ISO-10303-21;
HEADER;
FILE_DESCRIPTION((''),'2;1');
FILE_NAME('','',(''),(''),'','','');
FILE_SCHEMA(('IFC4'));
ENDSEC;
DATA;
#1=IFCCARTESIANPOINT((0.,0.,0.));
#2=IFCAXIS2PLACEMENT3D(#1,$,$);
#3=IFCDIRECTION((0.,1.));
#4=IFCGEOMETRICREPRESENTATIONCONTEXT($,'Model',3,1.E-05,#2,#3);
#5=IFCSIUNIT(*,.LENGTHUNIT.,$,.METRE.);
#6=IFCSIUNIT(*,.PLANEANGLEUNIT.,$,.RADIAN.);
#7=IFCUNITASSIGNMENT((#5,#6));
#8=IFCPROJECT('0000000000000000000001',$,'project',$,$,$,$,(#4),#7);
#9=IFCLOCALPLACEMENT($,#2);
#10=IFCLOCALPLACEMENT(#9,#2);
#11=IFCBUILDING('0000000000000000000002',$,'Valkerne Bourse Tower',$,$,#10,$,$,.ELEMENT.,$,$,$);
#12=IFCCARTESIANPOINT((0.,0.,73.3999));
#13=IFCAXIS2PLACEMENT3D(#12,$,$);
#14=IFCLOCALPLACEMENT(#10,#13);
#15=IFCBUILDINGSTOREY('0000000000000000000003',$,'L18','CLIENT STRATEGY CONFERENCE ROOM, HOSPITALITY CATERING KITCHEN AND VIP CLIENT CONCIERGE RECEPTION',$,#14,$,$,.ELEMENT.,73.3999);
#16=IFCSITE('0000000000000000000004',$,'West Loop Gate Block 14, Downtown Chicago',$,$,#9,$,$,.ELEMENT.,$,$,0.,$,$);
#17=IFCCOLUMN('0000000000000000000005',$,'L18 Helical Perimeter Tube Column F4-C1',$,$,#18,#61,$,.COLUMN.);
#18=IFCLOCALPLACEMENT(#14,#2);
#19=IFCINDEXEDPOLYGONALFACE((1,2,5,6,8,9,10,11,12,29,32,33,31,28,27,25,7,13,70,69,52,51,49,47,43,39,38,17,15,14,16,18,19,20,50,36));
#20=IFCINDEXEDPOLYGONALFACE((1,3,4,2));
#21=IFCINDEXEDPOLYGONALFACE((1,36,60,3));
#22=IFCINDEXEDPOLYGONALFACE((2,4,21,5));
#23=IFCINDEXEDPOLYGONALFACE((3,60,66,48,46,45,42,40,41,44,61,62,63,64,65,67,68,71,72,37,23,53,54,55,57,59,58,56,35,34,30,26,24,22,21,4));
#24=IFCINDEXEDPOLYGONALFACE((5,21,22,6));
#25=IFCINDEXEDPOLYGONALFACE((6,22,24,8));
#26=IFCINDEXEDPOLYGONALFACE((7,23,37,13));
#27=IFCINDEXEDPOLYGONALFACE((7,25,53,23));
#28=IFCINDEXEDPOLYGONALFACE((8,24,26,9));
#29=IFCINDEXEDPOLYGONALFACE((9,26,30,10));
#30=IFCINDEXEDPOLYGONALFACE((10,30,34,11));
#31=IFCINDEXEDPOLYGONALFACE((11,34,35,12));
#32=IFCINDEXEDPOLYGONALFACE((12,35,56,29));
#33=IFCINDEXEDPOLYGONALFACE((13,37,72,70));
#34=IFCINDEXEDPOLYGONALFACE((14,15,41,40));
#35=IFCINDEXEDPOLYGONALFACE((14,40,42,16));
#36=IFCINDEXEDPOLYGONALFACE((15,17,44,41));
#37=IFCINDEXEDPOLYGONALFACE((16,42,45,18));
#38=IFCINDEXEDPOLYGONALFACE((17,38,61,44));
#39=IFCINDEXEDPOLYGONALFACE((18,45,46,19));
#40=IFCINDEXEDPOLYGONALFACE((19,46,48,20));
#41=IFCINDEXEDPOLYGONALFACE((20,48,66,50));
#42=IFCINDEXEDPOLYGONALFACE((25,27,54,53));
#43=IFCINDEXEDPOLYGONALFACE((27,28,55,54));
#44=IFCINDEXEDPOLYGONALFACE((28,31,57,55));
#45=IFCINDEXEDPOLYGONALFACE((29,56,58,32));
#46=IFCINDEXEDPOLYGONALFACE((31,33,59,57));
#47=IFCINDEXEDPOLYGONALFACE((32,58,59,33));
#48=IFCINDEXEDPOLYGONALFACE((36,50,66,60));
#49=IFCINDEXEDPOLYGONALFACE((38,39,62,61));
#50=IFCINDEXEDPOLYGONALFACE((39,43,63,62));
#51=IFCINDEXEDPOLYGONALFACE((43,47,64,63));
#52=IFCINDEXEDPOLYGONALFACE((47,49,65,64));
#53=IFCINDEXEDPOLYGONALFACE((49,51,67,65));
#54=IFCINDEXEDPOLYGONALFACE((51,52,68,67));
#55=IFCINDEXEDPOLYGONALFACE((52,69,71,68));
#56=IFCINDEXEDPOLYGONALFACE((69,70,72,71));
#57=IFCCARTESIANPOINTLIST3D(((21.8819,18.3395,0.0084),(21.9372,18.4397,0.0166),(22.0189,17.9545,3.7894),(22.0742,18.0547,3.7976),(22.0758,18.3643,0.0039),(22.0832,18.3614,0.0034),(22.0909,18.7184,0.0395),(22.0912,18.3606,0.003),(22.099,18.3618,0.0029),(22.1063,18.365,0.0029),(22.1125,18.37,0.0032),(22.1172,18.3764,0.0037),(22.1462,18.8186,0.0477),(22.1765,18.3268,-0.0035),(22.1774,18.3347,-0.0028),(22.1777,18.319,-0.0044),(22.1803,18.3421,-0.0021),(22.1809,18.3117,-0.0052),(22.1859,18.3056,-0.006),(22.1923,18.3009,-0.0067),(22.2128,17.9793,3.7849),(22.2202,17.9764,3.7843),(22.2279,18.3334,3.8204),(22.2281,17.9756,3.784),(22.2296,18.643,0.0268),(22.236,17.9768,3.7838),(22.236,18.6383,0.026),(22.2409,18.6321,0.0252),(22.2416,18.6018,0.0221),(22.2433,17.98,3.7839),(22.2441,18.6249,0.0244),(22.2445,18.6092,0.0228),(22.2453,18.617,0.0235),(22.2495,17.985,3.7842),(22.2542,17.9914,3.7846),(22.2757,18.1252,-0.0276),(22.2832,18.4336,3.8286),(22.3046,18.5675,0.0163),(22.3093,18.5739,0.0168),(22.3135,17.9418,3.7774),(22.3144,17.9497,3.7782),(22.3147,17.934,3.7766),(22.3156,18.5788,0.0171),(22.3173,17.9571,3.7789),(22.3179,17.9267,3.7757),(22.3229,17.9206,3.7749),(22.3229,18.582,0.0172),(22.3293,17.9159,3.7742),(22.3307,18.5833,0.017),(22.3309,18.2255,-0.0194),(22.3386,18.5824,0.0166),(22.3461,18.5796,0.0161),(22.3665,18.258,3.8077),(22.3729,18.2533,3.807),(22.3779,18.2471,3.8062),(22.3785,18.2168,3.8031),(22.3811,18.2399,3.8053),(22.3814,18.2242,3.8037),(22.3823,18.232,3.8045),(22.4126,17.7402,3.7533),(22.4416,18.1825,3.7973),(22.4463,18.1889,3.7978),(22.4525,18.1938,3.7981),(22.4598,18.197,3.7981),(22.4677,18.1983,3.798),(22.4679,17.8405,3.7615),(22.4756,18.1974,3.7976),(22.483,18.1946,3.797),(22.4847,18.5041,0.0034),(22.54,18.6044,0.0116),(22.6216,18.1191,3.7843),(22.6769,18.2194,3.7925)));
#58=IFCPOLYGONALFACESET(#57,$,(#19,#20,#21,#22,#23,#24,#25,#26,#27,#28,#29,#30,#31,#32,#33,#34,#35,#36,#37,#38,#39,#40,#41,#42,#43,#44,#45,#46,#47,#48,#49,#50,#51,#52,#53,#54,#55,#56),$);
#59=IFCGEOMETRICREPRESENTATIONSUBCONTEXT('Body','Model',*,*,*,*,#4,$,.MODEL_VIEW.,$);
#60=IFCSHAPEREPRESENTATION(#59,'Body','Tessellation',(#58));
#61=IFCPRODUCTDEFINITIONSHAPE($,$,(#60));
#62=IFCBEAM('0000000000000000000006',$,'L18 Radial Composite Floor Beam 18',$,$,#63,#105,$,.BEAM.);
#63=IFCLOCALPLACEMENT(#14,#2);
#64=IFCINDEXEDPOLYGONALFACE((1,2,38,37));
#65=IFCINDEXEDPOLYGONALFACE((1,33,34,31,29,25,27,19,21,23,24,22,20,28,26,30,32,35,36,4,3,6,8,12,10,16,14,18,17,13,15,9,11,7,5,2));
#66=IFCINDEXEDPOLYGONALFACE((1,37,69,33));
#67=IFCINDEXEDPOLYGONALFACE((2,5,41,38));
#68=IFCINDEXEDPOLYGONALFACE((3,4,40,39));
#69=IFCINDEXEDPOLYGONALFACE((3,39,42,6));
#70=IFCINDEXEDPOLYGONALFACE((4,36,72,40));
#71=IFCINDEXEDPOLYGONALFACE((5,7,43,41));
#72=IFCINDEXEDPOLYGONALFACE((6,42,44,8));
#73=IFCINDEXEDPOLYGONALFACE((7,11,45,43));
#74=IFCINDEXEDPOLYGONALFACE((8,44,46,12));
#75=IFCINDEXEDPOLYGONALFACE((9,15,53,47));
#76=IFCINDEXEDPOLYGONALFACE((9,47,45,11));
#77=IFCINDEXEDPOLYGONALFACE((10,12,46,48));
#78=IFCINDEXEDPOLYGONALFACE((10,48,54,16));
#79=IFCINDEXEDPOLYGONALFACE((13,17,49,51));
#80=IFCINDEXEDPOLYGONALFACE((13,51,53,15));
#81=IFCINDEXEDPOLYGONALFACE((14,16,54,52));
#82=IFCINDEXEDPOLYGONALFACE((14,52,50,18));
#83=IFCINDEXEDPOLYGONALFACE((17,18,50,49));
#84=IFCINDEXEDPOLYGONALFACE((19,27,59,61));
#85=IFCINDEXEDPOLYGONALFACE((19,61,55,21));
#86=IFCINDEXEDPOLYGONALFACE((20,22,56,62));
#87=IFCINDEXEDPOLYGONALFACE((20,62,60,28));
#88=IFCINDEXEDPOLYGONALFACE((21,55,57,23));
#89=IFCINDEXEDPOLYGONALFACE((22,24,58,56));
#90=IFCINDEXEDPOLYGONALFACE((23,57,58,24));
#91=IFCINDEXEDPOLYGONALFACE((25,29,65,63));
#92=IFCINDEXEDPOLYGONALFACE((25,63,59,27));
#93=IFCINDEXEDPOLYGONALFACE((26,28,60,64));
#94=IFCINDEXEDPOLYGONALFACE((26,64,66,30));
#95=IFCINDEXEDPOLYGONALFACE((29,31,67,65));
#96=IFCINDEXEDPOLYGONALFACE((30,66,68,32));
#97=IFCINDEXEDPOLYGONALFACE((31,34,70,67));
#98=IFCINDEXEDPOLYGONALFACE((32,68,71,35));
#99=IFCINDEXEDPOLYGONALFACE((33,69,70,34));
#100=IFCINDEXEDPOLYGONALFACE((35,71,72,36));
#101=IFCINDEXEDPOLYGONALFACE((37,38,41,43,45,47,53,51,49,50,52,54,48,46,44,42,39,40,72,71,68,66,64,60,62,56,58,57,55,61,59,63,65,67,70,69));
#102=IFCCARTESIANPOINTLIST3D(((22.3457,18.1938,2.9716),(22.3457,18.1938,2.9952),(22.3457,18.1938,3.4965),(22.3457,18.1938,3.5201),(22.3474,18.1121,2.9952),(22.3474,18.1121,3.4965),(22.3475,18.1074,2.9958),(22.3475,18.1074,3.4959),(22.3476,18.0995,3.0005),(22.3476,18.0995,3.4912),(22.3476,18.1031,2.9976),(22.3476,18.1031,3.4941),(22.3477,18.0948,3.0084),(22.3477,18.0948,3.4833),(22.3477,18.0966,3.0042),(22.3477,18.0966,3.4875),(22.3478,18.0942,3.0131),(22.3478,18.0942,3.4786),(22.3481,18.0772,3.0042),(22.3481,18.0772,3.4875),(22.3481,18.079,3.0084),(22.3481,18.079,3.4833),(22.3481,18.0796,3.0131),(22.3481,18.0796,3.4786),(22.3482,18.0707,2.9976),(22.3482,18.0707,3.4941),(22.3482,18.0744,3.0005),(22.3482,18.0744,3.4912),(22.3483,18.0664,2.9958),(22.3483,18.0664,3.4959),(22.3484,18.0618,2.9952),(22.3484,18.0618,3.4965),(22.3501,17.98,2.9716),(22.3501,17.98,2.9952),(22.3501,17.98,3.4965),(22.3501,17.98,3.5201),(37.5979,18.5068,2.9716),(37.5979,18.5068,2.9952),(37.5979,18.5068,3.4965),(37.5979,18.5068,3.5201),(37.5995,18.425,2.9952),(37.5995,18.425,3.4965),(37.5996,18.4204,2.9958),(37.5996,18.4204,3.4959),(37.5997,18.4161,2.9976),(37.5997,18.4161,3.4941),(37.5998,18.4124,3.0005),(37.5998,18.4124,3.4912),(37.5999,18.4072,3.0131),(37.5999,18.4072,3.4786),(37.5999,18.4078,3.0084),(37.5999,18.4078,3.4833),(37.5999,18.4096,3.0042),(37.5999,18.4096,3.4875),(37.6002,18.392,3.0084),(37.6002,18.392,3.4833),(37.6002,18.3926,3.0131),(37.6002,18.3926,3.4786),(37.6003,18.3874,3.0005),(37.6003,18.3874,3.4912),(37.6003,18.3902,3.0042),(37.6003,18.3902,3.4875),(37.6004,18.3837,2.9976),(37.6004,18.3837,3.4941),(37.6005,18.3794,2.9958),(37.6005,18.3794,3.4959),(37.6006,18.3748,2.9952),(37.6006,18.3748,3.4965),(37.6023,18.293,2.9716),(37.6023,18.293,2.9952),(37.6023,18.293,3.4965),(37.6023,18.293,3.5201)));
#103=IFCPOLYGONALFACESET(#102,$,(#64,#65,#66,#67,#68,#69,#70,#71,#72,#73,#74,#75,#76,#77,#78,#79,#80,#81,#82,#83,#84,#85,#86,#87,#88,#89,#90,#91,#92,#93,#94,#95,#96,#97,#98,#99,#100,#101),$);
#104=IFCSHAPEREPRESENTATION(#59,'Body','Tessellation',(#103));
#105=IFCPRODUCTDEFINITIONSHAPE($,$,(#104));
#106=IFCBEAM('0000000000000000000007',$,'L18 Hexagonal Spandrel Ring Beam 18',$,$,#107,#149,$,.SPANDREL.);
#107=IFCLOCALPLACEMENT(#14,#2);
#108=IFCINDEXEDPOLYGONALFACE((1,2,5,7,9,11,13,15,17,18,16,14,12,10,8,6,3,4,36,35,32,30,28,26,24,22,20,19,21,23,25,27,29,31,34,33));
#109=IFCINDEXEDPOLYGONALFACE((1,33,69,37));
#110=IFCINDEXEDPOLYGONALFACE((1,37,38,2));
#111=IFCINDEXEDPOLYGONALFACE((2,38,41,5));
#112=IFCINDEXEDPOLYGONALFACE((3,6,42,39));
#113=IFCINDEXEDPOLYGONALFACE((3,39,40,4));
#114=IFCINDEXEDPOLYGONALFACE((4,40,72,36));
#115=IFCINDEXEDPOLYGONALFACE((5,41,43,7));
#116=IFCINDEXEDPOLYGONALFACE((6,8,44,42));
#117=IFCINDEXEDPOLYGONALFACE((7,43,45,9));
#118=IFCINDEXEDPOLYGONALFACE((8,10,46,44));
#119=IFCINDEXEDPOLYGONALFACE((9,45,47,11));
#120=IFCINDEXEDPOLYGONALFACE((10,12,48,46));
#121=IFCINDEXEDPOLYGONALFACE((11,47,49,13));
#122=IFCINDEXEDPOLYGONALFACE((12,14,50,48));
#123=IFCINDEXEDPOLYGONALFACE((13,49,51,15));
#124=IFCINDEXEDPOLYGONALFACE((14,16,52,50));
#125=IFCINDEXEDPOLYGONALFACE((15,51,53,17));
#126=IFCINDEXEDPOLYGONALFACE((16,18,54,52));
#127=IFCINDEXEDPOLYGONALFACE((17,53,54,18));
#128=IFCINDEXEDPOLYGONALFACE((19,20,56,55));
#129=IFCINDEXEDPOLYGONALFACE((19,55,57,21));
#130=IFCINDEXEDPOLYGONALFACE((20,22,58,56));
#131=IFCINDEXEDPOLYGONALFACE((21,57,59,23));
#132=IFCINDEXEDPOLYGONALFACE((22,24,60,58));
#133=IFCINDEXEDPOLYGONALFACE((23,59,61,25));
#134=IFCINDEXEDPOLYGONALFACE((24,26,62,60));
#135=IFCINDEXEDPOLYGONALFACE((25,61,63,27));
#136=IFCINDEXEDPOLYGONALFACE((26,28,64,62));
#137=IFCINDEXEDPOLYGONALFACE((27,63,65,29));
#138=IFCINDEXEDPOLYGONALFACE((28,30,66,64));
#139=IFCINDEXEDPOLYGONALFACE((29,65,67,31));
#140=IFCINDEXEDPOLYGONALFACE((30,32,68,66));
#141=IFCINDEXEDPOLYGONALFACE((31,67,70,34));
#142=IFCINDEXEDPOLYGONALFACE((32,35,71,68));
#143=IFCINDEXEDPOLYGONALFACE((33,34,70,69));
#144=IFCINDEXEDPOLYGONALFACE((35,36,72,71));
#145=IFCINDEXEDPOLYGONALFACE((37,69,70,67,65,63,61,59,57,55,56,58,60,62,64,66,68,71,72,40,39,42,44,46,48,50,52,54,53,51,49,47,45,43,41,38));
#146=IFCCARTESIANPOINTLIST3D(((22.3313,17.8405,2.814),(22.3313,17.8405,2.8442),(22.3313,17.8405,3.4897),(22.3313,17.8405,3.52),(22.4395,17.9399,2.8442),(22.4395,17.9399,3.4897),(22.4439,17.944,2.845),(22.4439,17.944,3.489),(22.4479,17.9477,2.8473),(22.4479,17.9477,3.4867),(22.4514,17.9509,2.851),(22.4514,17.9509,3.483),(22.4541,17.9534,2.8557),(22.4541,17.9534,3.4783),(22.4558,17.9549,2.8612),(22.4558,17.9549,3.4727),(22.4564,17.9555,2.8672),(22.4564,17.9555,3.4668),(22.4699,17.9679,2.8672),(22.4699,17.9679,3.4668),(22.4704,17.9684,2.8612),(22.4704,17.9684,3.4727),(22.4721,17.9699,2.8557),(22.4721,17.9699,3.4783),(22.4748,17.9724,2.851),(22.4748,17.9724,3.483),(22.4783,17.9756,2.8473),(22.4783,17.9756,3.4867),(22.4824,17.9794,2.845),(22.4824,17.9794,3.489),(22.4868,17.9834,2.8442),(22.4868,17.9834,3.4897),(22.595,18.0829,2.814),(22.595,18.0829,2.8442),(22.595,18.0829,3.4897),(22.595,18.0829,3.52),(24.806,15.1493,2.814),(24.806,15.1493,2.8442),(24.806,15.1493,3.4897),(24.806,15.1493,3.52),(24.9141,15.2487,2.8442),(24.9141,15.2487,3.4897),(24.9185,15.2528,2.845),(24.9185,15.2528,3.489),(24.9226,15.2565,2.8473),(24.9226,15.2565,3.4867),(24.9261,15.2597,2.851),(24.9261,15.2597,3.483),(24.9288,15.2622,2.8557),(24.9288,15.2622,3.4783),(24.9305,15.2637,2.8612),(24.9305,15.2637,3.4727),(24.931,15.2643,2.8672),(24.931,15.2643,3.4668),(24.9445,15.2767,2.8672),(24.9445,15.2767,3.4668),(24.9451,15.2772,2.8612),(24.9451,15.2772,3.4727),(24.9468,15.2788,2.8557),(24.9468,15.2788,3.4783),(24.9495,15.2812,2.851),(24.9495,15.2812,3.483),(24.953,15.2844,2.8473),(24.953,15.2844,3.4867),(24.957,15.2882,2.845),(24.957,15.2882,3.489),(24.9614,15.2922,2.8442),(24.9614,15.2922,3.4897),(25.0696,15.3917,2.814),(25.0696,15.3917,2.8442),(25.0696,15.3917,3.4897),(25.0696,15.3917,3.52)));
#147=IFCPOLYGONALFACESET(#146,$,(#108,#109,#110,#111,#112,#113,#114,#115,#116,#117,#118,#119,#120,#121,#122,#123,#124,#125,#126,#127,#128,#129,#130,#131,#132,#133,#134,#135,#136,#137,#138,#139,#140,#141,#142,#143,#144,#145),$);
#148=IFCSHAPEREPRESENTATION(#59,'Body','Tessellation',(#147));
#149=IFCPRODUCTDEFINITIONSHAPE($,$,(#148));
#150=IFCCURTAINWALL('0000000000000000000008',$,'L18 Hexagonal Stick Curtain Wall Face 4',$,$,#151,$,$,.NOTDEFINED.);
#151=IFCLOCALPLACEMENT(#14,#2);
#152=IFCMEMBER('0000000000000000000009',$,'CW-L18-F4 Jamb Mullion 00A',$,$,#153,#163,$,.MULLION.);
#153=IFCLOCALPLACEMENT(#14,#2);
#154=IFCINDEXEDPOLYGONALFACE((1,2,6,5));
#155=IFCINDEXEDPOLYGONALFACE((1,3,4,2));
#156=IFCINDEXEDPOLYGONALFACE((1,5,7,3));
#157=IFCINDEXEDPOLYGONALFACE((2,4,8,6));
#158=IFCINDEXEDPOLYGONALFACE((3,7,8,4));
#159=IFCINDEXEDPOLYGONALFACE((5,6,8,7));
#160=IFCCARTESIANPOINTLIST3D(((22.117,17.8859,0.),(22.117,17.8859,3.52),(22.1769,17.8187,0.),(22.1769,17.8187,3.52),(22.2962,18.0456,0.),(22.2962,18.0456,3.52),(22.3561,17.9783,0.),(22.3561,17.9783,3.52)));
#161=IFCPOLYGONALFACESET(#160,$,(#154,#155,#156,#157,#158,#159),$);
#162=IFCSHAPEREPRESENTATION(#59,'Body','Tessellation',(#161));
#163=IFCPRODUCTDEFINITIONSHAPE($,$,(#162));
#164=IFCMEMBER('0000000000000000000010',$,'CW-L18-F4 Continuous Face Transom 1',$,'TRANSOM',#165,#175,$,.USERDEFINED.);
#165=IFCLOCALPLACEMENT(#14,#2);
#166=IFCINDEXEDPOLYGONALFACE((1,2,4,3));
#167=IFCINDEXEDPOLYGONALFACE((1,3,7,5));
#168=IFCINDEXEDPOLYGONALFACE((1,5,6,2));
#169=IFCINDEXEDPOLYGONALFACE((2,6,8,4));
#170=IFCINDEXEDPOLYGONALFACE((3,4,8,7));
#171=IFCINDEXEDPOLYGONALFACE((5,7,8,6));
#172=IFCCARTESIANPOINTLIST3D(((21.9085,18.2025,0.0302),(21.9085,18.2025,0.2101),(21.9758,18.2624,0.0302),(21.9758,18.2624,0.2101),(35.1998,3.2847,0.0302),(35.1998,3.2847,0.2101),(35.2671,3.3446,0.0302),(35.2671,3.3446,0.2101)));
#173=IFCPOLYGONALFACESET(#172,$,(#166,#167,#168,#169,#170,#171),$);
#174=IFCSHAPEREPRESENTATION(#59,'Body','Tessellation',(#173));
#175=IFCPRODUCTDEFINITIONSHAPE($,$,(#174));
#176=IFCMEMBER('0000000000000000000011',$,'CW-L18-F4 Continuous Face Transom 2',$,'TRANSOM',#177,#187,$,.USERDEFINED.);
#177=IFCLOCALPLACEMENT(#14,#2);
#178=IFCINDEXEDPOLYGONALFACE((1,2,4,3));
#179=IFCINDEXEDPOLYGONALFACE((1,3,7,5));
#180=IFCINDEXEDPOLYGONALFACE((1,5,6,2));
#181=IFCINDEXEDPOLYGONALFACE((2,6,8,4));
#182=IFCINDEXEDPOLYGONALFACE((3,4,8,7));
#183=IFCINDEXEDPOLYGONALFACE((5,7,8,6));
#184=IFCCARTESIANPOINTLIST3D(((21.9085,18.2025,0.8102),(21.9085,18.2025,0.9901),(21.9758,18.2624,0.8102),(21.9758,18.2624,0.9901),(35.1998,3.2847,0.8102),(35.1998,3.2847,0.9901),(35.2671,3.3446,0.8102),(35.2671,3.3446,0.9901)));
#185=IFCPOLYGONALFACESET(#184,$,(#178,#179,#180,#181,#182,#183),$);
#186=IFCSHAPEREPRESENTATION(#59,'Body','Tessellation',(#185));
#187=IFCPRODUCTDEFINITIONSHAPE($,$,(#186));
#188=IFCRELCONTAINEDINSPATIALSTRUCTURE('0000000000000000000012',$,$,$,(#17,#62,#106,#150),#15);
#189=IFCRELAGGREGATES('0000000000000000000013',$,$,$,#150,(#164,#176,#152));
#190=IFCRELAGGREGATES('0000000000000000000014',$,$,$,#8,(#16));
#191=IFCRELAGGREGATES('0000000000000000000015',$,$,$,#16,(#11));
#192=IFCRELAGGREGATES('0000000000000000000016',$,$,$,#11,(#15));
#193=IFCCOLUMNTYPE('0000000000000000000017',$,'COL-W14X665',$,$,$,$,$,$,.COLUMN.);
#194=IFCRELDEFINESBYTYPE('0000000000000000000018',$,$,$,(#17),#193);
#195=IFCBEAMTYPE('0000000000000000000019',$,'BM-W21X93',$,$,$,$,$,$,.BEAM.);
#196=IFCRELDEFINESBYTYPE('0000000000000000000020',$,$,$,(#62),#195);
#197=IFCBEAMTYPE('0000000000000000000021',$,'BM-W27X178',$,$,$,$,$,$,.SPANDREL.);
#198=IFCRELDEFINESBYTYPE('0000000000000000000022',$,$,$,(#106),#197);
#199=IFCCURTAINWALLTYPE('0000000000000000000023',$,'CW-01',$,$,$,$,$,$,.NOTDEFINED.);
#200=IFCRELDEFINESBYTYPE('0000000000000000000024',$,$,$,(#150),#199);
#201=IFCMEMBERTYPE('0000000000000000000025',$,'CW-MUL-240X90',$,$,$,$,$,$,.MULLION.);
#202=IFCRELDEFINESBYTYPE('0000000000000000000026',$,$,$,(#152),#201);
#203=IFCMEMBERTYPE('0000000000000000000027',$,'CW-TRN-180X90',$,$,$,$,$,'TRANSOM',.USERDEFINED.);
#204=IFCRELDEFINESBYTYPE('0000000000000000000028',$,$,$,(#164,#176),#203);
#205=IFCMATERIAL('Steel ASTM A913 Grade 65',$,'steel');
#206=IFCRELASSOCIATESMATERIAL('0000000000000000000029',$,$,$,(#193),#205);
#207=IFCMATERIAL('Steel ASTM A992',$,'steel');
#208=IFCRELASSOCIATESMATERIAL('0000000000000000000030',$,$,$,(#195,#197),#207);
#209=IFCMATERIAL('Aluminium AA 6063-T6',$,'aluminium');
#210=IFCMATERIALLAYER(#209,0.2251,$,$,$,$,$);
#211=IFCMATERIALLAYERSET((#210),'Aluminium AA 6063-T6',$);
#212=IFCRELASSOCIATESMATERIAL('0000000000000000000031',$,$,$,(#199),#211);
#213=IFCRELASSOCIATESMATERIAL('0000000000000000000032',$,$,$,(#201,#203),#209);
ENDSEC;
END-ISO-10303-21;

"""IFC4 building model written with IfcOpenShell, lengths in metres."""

from ifc_helpers import new_model, si_unit, direction, frame, origin, origin_2d, place, context, subcontext, project, spatial, rectangle, i_section, extrude, material, layer, layer_set, material_profile, profile_set, type_object, element, aggregate, save


model = new_model("IFC4")

# Units and contexts
model_context = context("Model", 3, precision=1e-05, world=origin(), true_north=direction((0.0, 1.0)))
body_context = subcontext(model_context, "Body", "Model", "MODEL_VIEW")
ifc_project = project(units=[si_unit("LENGTHUNIT", "METRE"), si_unit("PLANEANGLEUNIT", "RADIAN")], contexts=[model_context])

# Site, building, storey
site_placement = place(None, origin())
site = spatial("IfcSite", under=ifc_project, at=site_placement, Name="West Loop Gate Block 14, Downtown Chicago", CompositionType="ELEMENT", RefElevation=0.0)
building_placement = place(site_placement, origin())
building = spatial("IfcBuilding", under=site, at=building_placement, Name="Valkerne Bourse Tower", CompositionType="ELEMENT")
storey_placement = place(building_placement, frame((0.0, 0.0, 73.3999)))
storey = spatial("IfcBuildingStorey", under=building, at=storey_placement, Name="L18", Description="CLIENT STRATEGY CONFERENCE ROOM, HOSPITALITY CATERING KITCHEN AND VIP CLIENT CONCIERGE RECEPTION", CompositionType="ELEMENT", Elevation=73.3999)

# Column
ifc_material_1 = material(Name="Steel ASTM A913 Grade 65", Category="steel")
ifc_material_profile_1 = material_profile(ifc_material_1, i_section(OverallWidth=0.4497, OverallDepth=0.5486, WebThickness=0.072, FlangeThickness=0.1147, FilletRadius=0.0305, at=origin_2d()), Name="W14X665")
ifc_profile_set_1 = profile_set([ifc_material_profile_1], Name="Steel ASTM A913 Grade 65")
column_type = type_object("IfcColumnType", Name="COL-W14X665", PredefinedType="COLUMN", material=ifc_profile_set_1)
column_placement = place(storey_placement, frame((22.2109, 18.4719, 0.01), z_axis=(0.036014, -0.101238, 0.99421), x_axis=(0.87555, -0.476419, -0.080228)))
element("IfcColumn", 1, at=column_placement, inside=storey, type_object=column_type, Name="L18 Helical Perimeter Tube Column F4-C1", PredefinedType="COLUMN", context=body_context, shape_type="SweptSolid", body=[
    extrude(i_section(OverallWidth=0.4497, OverallDepth=0.5486, WebThickness=0.072, FlangeThickness=0.1147, FilletRadius=0.0305, at=origin_2d()), origin(), (0.0, 0.0, 1.0), 3.803),
])

# Beams
ifc_material_2 = material(Name="Steel ASTM A992", Category="steel")
ifc_material_profile_2 = material_profile(ifc_material_2, i_section(OverallWidth=0.2139, OverallDepth=0.5486, WebThickness=0.0146, FlangeThickness=0.0237, FilletRadius=0.0178, at=origin_2d()), Name="W21X93")
ifc_profile_set_2 = profile_set([ifc_material_profile_2], Name="Steel ASTM A992")
beam_type_1 = type_object("IfcBeamType", Name="BM-W21X93", PredefinedType="BEAM", material=ifc_profile_set_2)
beam_1_placement = place(storey_placement, frame((22.3479, 18.0869, 3.2458), z_axis=(0.99979, 0.020517, 0.0), x_axis=(-0.020517, 0.99979, 0.0)))
element("IfcBeam", 2, at=beam_1_placement, inside=storey, type_object=beam_type_1, Name="L18 Radial Composite Floor Beam 18", PredefinedType="BEAM", context=body_context, shape_type="SweptSolid", body=[
    extrude(i_section(OverallWidth=0.2139, OverallDepth=0.5486, WebThickness=0.0146, FlangeThickness=0.0237, FilletRadius=0.0178, at=origin_2d()), origin(), (0.0, 0.0, 1.0), 15.2554),
])
ifc_material_profile_3 = material_profile(ifc_material_2, i_section(OverallWidth=0.3582, OverallDepth=0.7061, WebThickness=0.0183, FlangeThickness=0.0303, FilletRadius=0.0229, at=origin_2d()), Name="W27X178")
ifc_profile_set_3 = profile_set([ifc_material_profile_3], Name="Steel ASTM A992")
beam_type_2 = type_object("IfcBeamType", Name="BM-W27X178", PredefinedType="SPANDREL", material=ifc_profile_set_3)
beam_2_placement = place(storey_placement, frame((22.4631, 17.9617, 3.167), z_axis=(0.67687, -0.736103, 0.0), x_axis=(0.736103, 0.67687, 0.0)))
element("IfcBeam", 3, at=beam_2_placement, inside=storey, type_object=beam_type_2, Name="L18 Hexagonal Spandrel Ring Beam 18", PredefinedType="SPANDREL", context=body_context, shape_type="SweptSolid", body=[
    extrude(i_section(OverallWidth=0.3582, OverallDepth=0.7061, WebThickness=0.0183, FlangeThickness=0.0303, FilletRadius=0.0229, at=origin_2d()), origin(), (0.0, 0.0, 1.0), 3.656),
])

# Curtain wall, members
ifc_material_3 = material(Name="Aluminium AA 6063-T6", Category="aluminium")
ifc_layer_1 = layer(ifc_material_3, 0.2251)
ifc_layer_set_1 = layer_set([ifc_layer_1], Name="Aluminium AA 6063-T6")
curtain_wall_type = type_object("IfcCurtainWallType", Name="CW-01", PredefinedType="NOTDEFINED", material=ifc_layer_set_1)
curtain_wall_placement = place(storey_placement, origin())
curtain_wall = element("IfcCurtainWall", 4, at=curtain_wall_placement, inside=storey, type_object=curtain_wall_type, Name="L18 Hexagonal Stick Curtain Wall Face 4", PredefinedType="NOTDEFINED")
ifc_material_profile_4 = material_profile(ifc_material_3, rectangle(XDim=0.0901, YDim=0.24, at=origin_2d()), Name="CWM-90X240")
ifc_profile_set_4 = profile_set([ifc_material_profile_4], Name="Aluminium AA 6063-T6")
member_type_1 = type_object("IfcMemberType", Name="CW-MUL-240X90", PredefinedType="MULLION", material=ifc_profile_set_4)
member_1_placement = place(storey_placement, frame((22.2366, 17.9321, 0.0), z_axis=(0.0, 0.0, 1.0), x_axis=(0.665218, -0.746649, 0.0)))
member_1 = element("IfcMember", 5, at=member_1_placement, type_object=member_type_1, Name="CW-L18-F4 Jamb Mullion 00A", PredefinedType="MULLION", context=body_context, shape_type="SweptSolid", body=[
    extrude(rectangle(XDim=0.0901, YDim=0.24, at=origin_2d()), origin(), (0.0, 0.0, 1.0), 3.52),
])
ifc_material_profile_5 = material_profile(ifc_material_3, rectangle(XDim=0.0901, YDim=0.1799, at=origin_2d()), Name="CWT-90X180")
ifc_profile_set_5 = profile_set([ifc_material_profile_5], Name="Aluminium AA 6063-T6")
member_type_2 = type_object("IfcMemberType", Name="CW-TRN-180X90", ElementType="TRANSOM", PredefinedType="USERDEFINED", material=ifc_profile_set_5)
member_2_placement = place(storey_placement, frame((21.9421, 18.2324, 0.1201), z_axis=(0.665232, -0.746637, 0.0), x_axis=(0.746637, 0.665232, 0.0)))
member_2 = element("IfcMember", 6, at=member_2_placement, type_object=member_type_2, Name="CW-L18-F4 Continuous Face Transom 1", ObjectType="TRANSOM", PredefinedType="USERDEFINED", context=body_context, shape_type="SweptSolid", body=[
    extrude(rectangle(XDim=0.0901, YDim=0.1799, at=origin_2d()), origin(), (0.0, 0.0, 1.0), 19.98),
])
member_3_placement = place(storey_placement, frame((21.9421, 18.2324, 0.9001), z_axis=(0.665232, -0.746637, 0.0), x_axis=(0.746637, 0.665232, 0.0)))
member_3 = element("IfcMember", 7, at=member_3_placement, type_object=member_type_2, Name="CW-L18-F4 Continuous Face Transom 2", ObjectType="TRANSOM", PredefinedType="USERDEFINED", context=body_context, shape_type="SweptSolid", body=[
    extrude(rectangle(XDim=0.0901, YDim=0.1799, at=origin_2d()), origin(), (0.0, 0.0, 1.0), 19.98),
])

aggregate(curtain_wall, [member_2, member_3, member_1])

save(model, "model.ifc")
